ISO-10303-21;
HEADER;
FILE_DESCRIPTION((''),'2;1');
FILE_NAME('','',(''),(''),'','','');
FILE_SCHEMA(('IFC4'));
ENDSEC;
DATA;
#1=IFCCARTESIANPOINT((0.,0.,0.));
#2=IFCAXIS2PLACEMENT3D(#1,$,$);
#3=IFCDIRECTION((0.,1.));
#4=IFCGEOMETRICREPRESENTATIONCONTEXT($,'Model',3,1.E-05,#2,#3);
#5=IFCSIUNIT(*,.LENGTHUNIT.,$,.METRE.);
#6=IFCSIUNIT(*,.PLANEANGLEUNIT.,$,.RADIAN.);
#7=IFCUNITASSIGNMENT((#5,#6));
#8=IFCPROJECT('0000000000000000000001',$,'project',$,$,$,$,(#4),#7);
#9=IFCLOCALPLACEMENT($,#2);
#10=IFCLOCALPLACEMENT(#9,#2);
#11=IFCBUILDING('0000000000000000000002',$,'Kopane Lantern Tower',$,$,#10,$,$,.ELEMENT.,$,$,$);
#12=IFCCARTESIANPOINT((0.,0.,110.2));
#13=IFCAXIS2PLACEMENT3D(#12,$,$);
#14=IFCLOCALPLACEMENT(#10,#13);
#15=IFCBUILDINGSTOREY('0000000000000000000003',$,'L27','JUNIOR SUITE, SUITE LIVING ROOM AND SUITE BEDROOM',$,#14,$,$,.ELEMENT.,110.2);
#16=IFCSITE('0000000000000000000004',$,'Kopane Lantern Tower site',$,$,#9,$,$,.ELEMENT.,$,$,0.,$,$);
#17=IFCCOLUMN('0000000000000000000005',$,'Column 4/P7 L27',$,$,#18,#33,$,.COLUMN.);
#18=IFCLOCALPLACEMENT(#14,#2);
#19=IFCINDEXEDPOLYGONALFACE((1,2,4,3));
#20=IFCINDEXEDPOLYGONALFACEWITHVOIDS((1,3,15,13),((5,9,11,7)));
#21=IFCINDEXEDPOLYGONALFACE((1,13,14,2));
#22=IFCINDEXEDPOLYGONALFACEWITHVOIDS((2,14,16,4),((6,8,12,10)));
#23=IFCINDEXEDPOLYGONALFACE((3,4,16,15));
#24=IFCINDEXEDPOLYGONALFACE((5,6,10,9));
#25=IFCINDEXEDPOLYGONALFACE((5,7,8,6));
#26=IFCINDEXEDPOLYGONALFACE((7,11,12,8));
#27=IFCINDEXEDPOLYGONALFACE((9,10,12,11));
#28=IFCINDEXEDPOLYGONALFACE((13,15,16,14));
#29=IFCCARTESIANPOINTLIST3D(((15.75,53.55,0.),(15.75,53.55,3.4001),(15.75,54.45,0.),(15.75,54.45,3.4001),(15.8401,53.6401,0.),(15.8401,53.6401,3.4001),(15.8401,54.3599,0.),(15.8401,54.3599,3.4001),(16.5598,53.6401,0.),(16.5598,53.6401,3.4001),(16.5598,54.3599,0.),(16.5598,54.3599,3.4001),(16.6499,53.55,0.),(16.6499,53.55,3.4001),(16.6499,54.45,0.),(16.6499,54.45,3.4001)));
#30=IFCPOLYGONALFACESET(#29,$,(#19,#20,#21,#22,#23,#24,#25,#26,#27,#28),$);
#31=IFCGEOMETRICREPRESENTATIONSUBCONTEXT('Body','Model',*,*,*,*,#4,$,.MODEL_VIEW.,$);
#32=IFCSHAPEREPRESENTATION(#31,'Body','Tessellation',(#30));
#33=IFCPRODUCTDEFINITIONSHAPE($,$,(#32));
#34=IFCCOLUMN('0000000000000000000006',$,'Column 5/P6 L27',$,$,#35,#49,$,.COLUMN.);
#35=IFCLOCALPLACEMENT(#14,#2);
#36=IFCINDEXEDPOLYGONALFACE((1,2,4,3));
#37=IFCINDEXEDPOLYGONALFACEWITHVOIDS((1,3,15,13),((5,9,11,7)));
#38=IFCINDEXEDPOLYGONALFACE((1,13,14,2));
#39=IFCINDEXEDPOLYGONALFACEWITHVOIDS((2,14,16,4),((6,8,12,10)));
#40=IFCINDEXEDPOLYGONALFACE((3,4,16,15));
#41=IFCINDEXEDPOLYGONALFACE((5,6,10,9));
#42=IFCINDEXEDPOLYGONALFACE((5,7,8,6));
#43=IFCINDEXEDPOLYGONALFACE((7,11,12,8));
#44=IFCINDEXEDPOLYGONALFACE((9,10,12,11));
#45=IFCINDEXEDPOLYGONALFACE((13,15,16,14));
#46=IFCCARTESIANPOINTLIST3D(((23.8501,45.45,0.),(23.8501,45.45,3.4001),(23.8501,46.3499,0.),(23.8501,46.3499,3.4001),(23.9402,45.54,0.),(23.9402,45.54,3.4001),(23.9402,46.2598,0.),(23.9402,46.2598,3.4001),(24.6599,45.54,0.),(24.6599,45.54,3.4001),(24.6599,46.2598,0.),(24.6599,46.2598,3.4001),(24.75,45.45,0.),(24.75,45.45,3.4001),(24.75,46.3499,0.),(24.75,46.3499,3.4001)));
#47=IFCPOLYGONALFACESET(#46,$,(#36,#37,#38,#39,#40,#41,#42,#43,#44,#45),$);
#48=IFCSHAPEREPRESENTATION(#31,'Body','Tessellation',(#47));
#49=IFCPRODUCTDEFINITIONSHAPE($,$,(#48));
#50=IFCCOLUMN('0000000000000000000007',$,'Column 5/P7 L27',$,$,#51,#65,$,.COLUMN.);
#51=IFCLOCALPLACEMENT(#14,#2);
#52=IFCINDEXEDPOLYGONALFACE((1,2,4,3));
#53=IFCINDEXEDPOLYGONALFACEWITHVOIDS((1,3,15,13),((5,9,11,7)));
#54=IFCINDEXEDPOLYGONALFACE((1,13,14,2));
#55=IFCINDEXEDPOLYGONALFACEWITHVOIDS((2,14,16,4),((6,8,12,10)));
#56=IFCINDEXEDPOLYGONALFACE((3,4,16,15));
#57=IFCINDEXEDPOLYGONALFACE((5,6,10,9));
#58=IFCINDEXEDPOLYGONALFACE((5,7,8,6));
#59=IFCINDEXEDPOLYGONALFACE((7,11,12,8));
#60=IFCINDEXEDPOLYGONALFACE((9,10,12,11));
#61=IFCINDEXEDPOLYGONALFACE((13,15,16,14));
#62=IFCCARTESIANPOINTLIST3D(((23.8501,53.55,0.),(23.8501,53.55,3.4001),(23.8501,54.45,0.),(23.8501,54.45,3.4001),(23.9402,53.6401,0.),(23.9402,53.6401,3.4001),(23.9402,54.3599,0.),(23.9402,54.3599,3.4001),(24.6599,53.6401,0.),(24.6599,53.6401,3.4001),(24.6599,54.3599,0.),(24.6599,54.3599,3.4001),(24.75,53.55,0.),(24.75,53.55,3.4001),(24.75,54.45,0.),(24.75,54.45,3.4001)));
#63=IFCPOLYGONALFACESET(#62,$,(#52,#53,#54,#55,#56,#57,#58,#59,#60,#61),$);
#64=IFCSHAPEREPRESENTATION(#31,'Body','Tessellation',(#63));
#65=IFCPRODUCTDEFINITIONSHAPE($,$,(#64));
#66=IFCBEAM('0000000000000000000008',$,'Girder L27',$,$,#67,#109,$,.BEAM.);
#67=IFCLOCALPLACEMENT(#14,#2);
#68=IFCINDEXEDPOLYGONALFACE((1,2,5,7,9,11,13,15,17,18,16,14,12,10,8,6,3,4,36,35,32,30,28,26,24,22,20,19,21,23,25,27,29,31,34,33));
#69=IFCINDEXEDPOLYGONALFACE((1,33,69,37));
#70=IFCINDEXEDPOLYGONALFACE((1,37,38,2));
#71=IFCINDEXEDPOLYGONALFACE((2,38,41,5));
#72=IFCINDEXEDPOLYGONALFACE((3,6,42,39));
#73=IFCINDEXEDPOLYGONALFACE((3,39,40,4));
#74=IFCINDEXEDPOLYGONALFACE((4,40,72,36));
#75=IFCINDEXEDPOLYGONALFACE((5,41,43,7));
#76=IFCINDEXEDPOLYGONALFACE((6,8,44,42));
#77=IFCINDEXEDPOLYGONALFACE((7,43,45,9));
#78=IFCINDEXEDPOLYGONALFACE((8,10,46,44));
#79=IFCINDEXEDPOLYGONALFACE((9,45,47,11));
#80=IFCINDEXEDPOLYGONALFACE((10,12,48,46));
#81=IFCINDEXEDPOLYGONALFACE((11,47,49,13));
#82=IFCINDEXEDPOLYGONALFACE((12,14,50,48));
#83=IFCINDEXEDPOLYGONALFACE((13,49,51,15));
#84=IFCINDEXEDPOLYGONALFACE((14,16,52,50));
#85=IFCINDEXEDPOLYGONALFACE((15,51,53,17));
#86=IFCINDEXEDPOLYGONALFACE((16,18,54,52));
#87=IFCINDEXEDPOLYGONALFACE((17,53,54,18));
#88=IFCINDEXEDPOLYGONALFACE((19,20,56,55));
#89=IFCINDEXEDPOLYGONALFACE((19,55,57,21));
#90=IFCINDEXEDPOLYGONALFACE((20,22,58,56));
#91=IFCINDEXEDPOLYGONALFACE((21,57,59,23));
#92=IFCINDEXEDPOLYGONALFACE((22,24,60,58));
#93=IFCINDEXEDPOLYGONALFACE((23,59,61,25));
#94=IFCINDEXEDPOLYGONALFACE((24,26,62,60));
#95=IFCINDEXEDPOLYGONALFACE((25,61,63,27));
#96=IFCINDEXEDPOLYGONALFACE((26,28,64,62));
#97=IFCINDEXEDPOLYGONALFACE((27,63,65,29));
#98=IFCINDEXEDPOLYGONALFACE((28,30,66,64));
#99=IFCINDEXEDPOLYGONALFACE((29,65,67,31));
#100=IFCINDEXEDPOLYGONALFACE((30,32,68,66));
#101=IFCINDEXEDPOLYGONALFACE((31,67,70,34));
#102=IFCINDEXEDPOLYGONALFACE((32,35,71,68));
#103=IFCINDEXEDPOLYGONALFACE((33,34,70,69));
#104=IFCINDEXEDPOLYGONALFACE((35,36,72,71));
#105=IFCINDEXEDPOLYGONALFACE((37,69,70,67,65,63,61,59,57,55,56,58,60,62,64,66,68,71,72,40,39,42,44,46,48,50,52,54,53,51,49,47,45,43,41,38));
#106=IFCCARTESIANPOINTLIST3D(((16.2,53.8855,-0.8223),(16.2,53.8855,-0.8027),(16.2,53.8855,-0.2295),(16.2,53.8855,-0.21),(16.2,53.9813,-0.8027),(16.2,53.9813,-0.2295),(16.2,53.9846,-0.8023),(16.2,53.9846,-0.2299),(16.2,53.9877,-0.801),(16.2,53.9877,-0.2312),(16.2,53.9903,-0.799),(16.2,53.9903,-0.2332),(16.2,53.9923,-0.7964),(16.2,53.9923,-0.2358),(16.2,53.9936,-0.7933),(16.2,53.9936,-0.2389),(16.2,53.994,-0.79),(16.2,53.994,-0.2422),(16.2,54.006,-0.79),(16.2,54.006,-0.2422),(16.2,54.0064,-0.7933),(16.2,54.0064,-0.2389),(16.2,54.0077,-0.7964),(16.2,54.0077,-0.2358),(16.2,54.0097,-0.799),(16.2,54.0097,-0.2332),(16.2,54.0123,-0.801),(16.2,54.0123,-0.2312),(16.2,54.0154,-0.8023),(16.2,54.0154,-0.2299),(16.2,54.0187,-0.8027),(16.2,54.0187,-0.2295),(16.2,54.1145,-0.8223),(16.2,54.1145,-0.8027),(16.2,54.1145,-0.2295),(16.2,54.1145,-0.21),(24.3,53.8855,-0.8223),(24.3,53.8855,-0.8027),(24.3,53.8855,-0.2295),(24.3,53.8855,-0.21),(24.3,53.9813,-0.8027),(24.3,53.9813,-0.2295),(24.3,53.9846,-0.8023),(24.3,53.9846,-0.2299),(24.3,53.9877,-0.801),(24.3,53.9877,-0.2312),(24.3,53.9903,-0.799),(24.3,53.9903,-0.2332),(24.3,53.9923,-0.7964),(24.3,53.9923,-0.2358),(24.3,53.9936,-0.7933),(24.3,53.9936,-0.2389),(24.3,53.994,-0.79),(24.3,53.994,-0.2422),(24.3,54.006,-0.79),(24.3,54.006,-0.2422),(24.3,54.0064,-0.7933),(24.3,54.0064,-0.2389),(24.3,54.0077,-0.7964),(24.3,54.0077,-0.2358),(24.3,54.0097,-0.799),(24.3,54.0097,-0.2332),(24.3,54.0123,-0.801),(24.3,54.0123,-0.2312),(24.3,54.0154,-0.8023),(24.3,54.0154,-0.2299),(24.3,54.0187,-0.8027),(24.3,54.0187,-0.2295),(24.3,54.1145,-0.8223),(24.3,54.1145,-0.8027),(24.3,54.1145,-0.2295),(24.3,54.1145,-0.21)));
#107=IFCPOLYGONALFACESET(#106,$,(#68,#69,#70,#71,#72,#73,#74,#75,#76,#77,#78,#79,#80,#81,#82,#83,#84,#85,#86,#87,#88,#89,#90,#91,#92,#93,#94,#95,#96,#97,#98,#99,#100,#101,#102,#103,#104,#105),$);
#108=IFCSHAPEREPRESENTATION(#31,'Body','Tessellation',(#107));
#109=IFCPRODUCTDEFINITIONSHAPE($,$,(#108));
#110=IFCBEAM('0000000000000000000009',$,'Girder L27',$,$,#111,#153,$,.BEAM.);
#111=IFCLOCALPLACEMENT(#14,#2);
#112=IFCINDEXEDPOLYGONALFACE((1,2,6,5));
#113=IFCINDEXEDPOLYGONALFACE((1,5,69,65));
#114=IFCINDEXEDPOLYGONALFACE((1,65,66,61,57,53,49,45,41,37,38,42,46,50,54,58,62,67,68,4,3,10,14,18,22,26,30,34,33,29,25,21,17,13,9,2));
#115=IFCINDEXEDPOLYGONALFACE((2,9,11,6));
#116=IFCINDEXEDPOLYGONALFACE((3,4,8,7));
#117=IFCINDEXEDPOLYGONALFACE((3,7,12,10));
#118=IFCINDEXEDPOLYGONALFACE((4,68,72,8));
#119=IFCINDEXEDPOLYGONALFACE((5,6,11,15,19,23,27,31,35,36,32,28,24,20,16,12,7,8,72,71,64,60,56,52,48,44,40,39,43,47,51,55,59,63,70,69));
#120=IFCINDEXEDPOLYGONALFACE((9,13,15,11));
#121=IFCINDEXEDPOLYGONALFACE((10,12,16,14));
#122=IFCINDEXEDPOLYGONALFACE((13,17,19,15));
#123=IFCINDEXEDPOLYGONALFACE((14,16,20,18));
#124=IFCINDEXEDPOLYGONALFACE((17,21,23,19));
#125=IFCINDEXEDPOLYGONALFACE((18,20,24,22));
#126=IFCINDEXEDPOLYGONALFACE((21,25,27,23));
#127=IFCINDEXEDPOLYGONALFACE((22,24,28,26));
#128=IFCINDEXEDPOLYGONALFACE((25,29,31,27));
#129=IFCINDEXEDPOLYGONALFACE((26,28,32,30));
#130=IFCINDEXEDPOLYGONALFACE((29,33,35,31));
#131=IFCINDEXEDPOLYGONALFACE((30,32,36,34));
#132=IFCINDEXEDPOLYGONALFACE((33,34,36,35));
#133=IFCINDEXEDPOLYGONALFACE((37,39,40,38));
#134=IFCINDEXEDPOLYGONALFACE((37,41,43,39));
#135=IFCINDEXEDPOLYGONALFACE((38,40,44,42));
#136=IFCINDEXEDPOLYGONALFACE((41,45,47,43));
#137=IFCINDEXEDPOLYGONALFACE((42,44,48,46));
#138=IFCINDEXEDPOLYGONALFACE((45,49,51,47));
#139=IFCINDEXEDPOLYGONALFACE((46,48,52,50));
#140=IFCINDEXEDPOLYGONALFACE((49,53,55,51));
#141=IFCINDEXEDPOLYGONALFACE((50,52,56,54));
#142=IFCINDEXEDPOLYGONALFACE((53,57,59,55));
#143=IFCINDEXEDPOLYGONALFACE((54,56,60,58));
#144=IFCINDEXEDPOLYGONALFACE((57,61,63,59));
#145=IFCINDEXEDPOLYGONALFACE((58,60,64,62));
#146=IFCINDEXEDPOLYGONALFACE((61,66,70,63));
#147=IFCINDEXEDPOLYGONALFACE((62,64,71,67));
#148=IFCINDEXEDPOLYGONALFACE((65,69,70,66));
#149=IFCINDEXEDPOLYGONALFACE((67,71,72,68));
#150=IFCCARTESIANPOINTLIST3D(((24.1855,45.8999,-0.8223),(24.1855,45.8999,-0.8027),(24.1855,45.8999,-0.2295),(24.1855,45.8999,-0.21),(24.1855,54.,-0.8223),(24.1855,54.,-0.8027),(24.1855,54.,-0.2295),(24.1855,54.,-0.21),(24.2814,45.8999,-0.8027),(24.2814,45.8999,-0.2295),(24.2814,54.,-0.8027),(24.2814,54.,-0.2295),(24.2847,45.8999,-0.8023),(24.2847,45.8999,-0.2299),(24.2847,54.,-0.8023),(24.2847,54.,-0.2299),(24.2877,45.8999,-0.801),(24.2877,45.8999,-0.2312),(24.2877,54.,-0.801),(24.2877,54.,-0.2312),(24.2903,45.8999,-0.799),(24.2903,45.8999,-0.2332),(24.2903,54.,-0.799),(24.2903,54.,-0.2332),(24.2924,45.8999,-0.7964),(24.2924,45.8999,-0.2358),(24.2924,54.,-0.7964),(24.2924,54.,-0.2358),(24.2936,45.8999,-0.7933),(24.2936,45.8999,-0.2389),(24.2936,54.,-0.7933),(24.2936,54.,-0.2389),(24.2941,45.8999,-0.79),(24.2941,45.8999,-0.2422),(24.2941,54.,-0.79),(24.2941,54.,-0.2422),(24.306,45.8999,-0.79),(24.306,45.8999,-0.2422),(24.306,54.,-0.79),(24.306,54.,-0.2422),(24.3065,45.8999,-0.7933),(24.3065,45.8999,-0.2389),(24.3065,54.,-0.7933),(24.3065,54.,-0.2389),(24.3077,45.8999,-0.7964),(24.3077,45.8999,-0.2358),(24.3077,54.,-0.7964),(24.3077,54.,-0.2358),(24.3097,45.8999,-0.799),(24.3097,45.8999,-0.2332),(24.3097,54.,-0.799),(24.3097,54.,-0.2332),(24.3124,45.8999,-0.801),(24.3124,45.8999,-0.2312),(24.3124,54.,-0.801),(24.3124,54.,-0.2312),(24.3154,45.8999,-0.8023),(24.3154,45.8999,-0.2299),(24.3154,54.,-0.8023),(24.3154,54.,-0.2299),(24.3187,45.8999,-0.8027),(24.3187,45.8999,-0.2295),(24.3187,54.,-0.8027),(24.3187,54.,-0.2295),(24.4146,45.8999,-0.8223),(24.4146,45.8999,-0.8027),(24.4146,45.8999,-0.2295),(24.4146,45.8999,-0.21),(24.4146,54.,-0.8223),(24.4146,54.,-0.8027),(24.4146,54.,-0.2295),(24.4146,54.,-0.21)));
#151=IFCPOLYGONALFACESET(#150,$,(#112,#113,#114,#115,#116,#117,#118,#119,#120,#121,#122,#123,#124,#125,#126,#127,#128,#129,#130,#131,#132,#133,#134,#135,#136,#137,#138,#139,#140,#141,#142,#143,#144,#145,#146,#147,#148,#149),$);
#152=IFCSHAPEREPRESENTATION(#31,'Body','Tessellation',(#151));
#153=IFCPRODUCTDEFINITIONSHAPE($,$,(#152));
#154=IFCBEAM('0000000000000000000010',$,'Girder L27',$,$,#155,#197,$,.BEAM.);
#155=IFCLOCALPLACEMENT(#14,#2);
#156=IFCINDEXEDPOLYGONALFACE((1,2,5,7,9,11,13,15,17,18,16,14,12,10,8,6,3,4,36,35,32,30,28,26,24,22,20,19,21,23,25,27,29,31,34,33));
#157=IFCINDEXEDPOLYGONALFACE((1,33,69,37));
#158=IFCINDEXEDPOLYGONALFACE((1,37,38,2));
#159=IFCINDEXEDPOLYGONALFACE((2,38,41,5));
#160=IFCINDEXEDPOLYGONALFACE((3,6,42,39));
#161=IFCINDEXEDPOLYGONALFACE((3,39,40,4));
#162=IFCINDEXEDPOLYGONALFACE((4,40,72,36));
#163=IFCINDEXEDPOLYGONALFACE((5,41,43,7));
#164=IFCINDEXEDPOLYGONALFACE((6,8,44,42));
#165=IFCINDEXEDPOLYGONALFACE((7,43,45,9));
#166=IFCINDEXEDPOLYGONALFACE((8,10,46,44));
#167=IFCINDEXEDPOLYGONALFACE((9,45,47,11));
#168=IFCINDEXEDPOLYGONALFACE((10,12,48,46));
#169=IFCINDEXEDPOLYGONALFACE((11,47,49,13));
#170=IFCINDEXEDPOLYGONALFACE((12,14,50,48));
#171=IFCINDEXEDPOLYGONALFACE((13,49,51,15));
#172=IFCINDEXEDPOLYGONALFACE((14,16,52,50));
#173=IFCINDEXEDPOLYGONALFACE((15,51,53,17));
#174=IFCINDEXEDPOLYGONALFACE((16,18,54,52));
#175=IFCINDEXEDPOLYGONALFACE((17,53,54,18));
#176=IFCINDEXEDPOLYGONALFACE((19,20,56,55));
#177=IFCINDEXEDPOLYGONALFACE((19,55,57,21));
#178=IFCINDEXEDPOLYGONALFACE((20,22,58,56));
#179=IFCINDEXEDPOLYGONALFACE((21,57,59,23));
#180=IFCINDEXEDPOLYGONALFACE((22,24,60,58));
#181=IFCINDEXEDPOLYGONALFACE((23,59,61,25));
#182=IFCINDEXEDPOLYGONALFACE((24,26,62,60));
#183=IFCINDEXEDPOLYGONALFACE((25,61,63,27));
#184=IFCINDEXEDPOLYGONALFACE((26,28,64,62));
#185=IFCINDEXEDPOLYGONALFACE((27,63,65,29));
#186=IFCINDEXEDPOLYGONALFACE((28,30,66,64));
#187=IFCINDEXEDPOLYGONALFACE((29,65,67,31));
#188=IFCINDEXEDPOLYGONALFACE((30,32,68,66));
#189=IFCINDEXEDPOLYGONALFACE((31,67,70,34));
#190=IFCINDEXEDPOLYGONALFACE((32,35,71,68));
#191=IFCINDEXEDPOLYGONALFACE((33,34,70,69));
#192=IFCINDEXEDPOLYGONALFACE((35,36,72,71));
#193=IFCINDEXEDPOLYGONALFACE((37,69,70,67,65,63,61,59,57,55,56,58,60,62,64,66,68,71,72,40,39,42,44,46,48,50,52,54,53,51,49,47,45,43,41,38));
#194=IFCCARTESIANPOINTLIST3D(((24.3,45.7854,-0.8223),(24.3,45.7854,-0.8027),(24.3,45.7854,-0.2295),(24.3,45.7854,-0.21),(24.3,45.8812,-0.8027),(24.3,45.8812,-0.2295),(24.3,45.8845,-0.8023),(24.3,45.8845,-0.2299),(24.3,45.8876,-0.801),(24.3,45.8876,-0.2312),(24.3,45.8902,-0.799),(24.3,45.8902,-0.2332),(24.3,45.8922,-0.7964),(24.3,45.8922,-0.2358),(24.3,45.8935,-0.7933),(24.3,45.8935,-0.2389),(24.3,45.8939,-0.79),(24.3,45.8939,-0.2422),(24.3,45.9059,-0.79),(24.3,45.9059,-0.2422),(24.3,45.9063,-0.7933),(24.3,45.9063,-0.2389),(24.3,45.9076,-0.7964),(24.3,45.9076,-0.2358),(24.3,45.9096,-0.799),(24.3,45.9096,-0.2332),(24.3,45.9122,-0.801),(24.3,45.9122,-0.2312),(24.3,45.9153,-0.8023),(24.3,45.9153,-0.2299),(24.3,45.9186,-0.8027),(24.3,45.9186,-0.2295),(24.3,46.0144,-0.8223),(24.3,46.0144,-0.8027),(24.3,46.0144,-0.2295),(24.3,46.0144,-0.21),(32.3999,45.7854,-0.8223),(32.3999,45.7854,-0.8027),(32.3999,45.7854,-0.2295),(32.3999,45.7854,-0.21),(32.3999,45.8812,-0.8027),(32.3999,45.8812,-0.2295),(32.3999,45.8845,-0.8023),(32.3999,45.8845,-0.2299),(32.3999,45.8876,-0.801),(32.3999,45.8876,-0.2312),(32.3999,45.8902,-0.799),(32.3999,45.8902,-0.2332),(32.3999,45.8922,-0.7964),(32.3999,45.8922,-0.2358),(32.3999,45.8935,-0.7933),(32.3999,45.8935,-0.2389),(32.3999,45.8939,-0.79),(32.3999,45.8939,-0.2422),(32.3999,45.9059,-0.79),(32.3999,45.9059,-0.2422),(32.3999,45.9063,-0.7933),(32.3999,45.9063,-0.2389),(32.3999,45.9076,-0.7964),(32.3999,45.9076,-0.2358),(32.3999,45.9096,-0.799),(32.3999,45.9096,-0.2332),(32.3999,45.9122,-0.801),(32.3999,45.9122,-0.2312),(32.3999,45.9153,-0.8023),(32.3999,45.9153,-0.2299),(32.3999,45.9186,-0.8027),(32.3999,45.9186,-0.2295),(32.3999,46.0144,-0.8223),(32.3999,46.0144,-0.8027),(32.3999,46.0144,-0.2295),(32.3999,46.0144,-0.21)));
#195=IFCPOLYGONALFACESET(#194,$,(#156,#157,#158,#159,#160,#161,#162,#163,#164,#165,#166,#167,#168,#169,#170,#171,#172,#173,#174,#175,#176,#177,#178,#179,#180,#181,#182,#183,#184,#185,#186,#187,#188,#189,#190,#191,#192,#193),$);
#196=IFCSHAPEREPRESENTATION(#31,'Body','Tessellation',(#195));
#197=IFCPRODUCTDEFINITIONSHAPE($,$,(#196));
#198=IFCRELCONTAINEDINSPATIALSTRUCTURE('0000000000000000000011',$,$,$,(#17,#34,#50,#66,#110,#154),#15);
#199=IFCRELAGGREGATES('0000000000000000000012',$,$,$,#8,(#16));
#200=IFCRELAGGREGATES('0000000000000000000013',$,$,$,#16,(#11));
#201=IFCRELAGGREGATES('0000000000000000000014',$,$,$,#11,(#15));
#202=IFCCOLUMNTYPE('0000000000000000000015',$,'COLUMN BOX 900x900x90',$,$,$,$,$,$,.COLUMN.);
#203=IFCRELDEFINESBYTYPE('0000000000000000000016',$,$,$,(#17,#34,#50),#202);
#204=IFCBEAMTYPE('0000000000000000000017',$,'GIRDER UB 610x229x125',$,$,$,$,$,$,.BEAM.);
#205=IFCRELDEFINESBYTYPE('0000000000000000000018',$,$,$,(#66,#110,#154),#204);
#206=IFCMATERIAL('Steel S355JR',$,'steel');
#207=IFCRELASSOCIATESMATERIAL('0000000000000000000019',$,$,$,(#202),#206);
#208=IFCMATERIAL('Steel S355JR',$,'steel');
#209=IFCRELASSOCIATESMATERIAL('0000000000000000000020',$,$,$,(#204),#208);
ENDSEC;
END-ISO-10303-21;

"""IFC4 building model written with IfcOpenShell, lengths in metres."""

from ifc_helpers import new_model, si_unit, direction, frame, origin, origin_2d, place, context, subcontext, project, spatial, hollow_rectangle, i_section, extrude, material, material_profile, profile_set, type_object, element, save


model = new_model("IFC4")

# Units and contexts
model_context = context("Model", 3, precision=1e-05, world=origin(), true_north=direction((0.0, 1.0)))
body_context = subcontext(model_context, "Body", "Model", "MODEL_VIEW")
ifc_project = project(units=[si_unit("LENGTHUNIT", "METRE"), si_unit("PLANEANGLEUNIT", "RADIAN")], contexts=[model_context])

# Site, building, storey
site_placement = place(None, origin())
site = spatial("IfcSite", under=ifc_project, at=site_placement, Name="Kopane Lantern Tower site", CompositionType="ELEMENT", RefElevation=0.0)
building_placement = place(site_placement, origin())
building = spatial("IfcBuilding", under=site, at=building_placement, Name="Kopane Lantern Tower", CompositionType="ELEMENT")
storey_placement = place(building_placement, frame((0.0, 0.0, 110.2)))
storey = spatial("IfcBuildingStorey", under=building, at=storey_placement, Name="L27", Description="JUNIOR SUITE, SUITE LIVING ROOM AND SUITE BEDROOM", CompositionType="ELEMENT", Elevation=110.2)

# Columns
ifc_material_1 = material(Name="Steel S355JR", Category="steel")
ifc_material_profile_1 = material_profile(ifc_material_1, hollow_rectangle(XDim=0.8999, YDim=0.8999, WallThickness=0.0901, at=origin_2d()), Name="BOX 900x900x90")
ifc_profile_set_1 = profile_set([ifc_material_profile_1], Name="Steel S355JR")
column_type = type_object("IfcColumnType", Name="COLUMN BOX 900x900x90", PredefinedType="COLUMN", material=ifc_profile_set_1)
for number, where, z_axis, x_axis, name in (
    (1, (16.2, 54.0, 0.0), (0.0, 0.0, 1.0), (1.0, 0.0, 0.0), "Column 4/P7 L27"),
    (2, (24.3, 45.8999, 0.0), (0.0, 0.0, 1.0), (1.0, 0.0, 0.0), "Column 5/P6 L27"),
    (3, (24.3, 54.0, 0.0), (0.0, 0.0, 1.0), (1.0, 0.0, 0.0), "Column 5/P7 L27"),
):
    element("IfcColumn", number, at=place(storey_placement, frame(where, z_axis=z_axis, x_axis=x_axis)), inside=storey, type_object=column_type, Name=name, PredefinedType="COLUMN", context=body_context, shape_type="SweptSolid", body=[
        extrude(hollow_rectangle(XDim=0.8999, YDim=0.8999, WallThickness=0.0901, at=origin_2d()), origin(), (0.0, 0.0, 1.0), 3.4001),
    ])

# Beams
ifc_material_2 = material(Name="Steel S355JR", Category="steel")
ifc_material_profile_2 = material_profile(ifc_material_2, i_section(OverallWidth=0.229, OverallDepth=0.6123, WebThickness=0.012, FlangeThickness=0.0195, FilletRadius=0.0127, at=origin_2d()), Name="UB 610x229x125")
ifc_profile_set_2 = profile_set([ifc_material_profile_2], Name="Steel S355JR")
beam_type = type_object("IfcBeamType", Name="GIRDER UB 610x229x125", PredefinedType="BEAM", material=ifc_profile_set_2)
for number, where, z_axis, x_axis, name in (
    (4, (16.2, 54.0, -0.5161), (1.0, 0.0, 0.0), (0.0, 1.0, 0.0), "Girder L27"),
    (5, (24.3, 45.8999, -0.5161), (0.0, 1.0, 0.0), (-1.0, 0.0, 0.0), "Girder L27"),
):
    element("IfcBeam", number, at=place(storey_placement, frame(where, z_axis=z_axis, x_axis=x_axis)), inside=storey, type_object=beam_type, Name=name, PredefinedType="BEAM", context=body_context, shape_type="SweptSolid", body=[
        extrude(i_section(OverallWidth=0.229, OverallDepth=0.6123, WebThickness=0.012, FlangeThickness=0.0195, FilletRadius=0.0127, at=origin_2d()), origin(), (0.0, 0.0, 1.0), 8.1001),
    ])
for number, where, z_axis, x_axis, name in (
    (6, (24.3, 45.8999, -0.5161), (1.0, 0.0, 0.0), (0.0, 1.0, 0.0), "Girder L27"),
):
    element("IfcBeam", number, at=place(storey_placement, frame(where, z_axis=z_axis, x_axis=x_axis)), inside=storey, type_object=beam_type, Name=name, PredefinedType="BEAM", context=body_context, shape_type="SweptSolid", body=[
        extrude(i_section(OverallWidth=0.229, OverallDepth=0.6123, WebThickness=0.012, FlangeThickness=0.0195, FilletRadius=0.0127, at=origin_2d()), origin(), (0.0, 0.0, 1.0), 8.0999),
    ])

save(model, "model.ifc")
